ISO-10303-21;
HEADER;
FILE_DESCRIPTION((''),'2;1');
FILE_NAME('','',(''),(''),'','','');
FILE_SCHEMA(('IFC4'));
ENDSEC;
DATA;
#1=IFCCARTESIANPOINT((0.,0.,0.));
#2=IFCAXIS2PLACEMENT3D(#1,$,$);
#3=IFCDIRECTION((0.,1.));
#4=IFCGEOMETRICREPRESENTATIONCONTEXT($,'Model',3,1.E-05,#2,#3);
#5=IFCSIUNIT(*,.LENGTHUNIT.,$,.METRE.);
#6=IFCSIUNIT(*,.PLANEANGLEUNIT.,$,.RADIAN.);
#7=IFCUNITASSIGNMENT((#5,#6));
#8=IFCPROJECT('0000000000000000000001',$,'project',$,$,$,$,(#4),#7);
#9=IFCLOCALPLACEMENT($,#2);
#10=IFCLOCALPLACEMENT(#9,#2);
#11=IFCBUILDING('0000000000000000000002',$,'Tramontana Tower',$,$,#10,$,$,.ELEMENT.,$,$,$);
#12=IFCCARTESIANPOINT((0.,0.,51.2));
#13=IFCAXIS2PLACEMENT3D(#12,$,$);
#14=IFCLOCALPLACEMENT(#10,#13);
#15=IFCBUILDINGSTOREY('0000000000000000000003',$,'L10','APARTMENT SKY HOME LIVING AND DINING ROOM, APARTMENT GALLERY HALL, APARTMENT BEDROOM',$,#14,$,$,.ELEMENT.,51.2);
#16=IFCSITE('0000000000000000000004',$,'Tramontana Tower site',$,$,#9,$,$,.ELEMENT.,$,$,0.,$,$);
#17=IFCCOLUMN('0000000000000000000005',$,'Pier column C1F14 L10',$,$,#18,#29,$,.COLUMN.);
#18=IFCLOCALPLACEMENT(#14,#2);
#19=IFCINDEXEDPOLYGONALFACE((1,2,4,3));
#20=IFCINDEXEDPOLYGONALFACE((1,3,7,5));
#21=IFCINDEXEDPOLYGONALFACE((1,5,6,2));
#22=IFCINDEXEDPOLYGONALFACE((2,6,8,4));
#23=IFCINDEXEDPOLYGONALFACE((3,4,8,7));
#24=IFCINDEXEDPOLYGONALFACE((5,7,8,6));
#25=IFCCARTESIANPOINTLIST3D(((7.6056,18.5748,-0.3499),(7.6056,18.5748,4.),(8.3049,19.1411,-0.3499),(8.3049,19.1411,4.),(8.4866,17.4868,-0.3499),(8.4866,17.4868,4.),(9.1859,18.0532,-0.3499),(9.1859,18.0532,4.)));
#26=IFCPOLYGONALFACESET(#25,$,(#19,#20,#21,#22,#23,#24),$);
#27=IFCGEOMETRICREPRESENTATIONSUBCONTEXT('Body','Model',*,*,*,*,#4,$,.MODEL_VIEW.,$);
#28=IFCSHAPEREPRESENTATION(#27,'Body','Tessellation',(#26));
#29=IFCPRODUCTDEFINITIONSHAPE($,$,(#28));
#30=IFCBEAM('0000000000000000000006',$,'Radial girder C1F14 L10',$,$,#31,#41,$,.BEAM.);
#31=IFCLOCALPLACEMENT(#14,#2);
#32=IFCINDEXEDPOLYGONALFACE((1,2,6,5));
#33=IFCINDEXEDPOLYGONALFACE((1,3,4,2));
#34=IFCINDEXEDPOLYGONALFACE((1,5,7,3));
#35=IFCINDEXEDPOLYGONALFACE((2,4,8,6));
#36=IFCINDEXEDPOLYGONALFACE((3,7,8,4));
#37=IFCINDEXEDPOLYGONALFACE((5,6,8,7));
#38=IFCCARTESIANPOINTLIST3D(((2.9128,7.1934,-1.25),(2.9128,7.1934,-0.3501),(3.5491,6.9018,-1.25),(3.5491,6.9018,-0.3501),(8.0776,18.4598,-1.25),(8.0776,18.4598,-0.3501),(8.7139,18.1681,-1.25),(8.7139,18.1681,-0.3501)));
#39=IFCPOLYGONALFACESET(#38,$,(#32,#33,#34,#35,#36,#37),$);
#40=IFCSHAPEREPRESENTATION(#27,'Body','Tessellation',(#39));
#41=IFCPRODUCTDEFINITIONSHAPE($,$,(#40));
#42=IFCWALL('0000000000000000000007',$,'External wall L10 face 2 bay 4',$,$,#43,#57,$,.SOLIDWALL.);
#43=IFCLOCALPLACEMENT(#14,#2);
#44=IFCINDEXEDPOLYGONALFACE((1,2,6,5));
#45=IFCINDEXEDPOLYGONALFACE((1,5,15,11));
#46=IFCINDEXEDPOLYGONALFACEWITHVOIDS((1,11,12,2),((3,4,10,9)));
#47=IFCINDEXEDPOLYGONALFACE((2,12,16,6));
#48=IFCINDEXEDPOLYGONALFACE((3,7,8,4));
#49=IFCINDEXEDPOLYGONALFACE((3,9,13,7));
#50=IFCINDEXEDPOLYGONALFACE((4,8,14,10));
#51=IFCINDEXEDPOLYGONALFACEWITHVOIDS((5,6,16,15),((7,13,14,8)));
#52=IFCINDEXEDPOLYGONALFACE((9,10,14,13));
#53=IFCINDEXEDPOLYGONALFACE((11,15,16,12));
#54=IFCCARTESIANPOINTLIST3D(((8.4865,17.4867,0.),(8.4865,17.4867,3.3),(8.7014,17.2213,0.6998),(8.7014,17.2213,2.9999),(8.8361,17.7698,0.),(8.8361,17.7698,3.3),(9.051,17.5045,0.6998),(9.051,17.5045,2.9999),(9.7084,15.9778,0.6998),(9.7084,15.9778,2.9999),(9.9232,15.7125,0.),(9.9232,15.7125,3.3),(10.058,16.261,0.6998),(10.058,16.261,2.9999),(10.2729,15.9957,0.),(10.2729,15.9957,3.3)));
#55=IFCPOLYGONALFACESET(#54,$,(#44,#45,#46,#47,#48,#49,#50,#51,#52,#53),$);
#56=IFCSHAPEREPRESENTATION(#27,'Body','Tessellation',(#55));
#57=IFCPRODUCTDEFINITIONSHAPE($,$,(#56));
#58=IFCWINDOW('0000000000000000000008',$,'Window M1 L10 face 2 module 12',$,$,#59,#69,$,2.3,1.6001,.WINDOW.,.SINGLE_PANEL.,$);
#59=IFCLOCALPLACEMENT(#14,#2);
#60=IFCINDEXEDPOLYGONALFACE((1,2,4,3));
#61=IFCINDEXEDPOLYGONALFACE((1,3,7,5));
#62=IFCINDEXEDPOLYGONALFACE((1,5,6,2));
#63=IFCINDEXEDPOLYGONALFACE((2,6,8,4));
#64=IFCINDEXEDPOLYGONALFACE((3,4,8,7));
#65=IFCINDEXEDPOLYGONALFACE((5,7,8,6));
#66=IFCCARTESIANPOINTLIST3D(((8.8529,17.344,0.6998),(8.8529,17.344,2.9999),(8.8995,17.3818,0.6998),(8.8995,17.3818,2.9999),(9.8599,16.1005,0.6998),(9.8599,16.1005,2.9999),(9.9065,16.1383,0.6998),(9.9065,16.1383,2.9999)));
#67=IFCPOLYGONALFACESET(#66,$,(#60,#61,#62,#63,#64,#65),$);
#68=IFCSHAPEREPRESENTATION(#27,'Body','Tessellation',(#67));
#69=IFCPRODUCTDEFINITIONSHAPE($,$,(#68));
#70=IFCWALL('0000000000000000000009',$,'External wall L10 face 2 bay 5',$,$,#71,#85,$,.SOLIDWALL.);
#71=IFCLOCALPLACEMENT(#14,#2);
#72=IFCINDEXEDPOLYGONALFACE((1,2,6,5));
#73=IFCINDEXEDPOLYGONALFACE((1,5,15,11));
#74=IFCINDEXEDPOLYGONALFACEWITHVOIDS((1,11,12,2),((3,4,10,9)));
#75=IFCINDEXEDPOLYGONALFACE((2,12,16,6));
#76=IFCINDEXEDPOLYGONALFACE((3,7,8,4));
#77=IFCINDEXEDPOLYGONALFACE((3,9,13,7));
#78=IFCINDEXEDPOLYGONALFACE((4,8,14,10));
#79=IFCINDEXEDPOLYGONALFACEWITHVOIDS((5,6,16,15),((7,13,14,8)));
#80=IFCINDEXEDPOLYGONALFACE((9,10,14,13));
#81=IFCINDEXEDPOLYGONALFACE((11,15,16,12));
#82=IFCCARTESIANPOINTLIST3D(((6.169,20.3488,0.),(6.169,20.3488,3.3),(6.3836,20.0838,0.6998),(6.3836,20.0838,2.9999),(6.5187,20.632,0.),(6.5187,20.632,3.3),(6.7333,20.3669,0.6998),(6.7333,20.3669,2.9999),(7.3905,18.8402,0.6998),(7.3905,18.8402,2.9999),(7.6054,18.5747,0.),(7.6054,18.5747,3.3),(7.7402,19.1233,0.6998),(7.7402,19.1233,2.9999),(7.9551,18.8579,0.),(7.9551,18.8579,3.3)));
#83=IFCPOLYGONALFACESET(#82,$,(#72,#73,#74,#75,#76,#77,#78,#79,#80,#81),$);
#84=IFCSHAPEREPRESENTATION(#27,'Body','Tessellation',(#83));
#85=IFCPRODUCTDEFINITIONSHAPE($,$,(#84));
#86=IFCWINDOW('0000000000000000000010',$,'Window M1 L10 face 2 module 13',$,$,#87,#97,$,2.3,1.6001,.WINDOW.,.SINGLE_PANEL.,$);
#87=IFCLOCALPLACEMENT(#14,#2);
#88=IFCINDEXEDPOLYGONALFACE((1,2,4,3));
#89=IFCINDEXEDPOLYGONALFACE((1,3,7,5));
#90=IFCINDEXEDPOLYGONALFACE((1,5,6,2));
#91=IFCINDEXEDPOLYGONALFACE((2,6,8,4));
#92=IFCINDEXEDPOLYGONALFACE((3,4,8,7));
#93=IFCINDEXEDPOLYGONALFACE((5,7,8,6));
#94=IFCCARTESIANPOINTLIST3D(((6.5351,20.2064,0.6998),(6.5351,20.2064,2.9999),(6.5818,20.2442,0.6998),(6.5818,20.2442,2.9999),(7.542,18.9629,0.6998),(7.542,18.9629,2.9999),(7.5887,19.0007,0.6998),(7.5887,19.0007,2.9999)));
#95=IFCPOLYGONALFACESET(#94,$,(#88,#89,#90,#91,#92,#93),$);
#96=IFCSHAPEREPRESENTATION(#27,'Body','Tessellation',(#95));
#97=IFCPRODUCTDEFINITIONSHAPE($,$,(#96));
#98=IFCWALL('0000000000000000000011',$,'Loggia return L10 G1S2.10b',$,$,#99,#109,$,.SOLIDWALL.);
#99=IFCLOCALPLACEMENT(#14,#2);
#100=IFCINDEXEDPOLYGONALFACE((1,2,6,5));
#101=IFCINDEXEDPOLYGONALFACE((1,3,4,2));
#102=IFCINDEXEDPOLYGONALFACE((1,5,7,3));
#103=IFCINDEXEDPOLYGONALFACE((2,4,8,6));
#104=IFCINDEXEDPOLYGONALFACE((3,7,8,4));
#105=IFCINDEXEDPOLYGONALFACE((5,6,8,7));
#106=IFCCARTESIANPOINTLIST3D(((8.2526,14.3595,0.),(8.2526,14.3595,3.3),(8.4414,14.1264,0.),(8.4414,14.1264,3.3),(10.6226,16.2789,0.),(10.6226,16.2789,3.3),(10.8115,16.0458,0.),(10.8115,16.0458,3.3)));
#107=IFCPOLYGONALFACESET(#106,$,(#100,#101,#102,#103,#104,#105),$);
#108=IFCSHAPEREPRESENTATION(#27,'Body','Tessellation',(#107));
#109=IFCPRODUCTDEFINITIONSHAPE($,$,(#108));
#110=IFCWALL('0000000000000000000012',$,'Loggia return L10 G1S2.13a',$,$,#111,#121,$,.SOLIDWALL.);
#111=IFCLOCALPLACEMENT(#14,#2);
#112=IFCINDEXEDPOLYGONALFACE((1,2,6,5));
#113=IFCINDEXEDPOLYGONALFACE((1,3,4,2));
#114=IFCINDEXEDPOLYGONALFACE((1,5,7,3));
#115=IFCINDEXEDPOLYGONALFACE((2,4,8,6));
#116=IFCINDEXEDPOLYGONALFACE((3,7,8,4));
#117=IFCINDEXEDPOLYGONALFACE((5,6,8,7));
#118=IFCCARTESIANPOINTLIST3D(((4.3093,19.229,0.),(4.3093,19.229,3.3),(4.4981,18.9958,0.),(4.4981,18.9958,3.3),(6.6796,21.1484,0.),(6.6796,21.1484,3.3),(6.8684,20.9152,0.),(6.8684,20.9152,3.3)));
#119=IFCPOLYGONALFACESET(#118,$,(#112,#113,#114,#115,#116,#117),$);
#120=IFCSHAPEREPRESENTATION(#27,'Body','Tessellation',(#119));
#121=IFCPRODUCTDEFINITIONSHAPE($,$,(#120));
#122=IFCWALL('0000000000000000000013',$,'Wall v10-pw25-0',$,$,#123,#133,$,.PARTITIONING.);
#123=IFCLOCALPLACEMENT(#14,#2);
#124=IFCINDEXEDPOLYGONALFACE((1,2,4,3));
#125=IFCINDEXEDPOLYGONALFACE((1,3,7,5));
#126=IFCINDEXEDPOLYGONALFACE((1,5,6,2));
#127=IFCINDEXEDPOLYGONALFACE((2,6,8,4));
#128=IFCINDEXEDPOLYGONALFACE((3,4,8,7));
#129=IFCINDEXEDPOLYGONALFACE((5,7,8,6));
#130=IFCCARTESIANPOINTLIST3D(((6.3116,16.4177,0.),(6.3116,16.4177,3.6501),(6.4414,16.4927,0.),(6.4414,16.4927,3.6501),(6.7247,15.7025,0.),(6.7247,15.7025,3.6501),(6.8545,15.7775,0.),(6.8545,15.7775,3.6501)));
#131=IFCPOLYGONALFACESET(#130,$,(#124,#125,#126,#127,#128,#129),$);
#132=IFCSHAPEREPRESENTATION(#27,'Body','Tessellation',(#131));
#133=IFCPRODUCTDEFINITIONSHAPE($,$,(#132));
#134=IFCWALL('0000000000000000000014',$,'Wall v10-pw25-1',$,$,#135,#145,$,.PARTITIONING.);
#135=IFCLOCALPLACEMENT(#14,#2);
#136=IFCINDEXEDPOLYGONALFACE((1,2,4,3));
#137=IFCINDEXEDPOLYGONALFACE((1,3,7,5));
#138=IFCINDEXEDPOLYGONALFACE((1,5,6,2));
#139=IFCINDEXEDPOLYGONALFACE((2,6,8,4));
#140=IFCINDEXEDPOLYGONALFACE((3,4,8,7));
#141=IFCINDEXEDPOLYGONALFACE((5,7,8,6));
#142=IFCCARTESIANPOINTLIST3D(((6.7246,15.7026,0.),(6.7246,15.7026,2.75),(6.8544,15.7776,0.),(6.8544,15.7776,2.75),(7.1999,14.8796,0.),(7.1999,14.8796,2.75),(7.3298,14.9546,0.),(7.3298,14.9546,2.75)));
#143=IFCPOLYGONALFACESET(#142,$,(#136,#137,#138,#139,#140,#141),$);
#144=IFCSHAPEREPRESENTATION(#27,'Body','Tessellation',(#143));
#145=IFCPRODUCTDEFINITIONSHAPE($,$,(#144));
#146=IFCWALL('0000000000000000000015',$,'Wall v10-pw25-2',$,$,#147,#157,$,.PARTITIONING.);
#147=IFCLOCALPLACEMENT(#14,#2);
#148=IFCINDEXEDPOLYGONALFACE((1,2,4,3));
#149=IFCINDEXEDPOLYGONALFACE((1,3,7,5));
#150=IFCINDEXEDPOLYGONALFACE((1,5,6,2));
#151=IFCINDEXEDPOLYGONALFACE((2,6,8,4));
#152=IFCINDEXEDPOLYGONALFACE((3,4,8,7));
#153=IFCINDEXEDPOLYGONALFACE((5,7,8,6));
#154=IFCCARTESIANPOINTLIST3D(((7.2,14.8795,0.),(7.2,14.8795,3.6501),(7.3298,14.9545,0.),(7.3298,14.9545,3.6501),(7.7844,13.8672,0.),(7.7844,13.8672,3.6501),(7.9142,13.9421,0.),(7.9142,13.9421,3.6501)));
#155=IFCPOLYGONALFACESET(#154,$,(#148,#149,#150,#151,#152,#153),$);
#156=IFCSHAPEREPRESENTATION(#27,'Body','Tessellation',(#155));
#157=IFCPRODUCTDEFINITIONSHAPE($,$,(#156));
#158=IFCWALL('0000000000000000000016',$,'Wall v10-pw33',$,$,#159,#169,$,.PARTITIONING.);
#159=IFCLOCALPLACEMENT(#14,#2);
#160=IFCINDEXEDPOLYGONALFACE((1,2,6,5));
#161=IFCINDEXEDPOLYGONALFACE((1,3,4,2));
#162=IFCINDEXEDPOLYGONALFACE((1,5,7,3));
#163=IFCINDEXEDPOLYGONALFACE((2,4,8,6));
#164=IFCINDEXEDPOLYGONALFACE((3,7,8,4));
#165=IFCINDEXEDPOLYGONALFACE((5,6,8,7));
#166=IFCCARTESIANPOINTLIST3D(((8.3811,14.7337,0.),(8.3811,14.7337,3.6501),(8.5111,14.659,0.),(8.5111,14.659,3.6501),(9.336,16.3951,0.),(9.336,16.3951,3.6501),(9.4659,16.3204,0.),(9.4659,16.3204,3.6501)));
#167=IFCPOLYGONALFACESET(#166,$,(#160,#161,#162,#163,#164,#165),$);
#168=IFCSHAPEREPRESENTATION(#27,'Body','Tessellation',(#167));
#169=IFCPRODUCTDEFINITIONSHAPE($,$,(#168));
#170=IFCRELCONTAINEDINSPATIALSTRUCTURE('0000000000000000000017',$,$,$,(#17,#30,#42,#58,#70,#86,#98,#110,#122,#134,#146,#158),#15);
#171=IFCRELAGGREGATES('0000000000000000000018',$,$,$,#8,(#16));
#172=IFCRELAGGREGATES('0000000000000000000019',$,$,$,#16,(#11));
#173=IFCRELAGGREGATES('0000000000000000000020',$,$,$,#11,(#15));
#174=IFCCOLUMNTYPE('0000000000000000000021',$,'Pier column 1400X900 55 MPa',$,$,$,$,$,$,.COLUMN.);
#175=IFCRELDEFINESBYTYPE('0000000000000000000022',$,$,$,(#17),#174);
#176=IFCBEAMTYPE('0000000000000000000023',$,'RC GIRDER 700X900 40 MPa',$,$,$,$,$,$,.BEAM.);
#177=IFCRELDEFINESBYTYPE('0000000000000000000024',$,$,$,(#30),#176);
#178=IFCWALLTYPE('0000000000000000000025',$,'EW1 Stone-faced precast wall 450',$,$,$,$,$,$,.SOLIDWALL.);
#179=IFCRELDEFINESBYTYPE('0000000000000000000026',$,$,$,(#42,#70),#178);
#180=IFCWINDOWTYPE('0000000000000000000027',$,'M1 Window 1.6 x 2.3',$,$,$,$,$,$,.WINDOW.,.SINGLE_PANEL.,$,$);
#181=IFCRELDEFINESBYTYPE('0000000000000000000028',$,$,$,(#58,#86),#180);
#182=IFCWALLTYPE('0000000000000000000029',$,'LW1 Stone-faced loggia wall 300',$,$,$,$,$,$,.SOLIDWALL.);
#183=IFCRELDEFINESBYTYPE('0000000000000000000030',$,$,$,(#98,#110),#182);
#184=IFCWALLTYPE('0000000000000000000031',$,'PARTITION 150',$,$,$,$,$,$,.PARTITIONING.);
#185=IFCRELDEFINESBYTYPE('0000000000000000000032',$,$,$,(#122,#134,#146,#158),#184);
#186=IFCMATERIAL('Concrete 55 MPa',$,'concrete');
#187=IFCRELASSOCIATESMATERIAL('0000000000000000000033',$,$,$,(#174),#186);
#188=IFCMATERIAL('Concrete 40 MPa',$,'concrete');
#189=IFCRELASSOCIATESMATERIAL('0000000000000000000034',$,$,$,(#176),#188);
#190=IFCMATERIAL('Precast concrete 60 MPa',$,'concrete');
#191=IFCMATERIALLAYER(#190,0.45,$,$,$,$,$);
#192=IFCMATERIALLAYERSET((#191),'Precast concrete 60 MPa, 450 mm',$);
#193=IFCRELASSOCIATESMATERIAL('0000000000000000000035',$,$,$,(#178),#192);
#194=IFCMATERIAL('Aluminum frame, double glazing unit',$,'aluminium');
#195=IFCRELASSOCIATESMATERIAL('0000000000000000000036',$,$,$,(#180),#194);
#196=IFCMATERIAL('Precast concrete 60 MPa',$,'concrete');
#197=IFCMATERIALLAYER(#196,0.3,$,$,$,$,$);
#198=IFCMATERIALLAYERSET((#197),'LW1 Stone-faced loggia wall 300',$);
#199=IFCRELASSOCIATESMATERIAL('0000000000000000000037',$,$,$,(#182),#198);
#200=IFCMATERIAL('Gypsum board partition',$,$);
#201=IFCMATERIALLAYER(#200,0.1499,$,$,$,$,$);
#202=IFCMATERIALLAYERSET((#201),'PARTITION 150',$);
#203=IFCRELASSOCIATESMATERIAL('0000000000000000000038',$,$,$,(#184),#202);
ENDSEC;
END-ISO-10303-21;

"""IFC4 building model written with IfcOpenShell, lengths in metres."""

from ifc_helpers import new_model, si_unit, direction, frame, frame_2d, origin, origin_2d, place, context, subcontext, project, spatial, rectangle, extrude, material, layer, layer_set, material_profile, profile_set, type_object, element, fill, save


model = new_model("IFC4")

# Units and contexts
model_context = context("Model", 3, precision=1e-05, world=origin(), true_north=direction((0.0, 1.0)))
body_context = subcontext(model_context, "Body", "Model", "MODEL_VIEW")
ifc_project = project(units=[si_unit("LENGTHUNIT", "METRE"), si_unit("PLANEANGLEUNIT", "RADIAN")], contexts=[model_context])

# Site, building, storey
site_placement = place(None, origin())
site = spatial("IfcSite", under=ifc_project, at=site_placement, Name="Tramontana Tower site", CompositionType="ELEMENT", RefElevation=0.0)
building_placement = place(site_placement, origin())
building = spatial("IfcBuilding", under=site, at=building_placement, Name="Tramontana Tower", CompositionType="ELEMENT")
storey_placement = place(building_placement, frame((0.0, 0.0, 51.2)))
storey = spatial("IfcBuildingStorey", under=building, at=storey_placement, Name="L10", Description="APARTMENT SKY HOME LIVING AND DINING ROOM, APARTMENT GALLERY HALL, APARTMENT BEDROOM", CompositionType="ELEMENT", Elevation=51.2)

# Column
ifc_material_1 = material(Name="Concrete 55 MPa", Category="concrete")
ifc_material_profile_1 = material_profile(ifc_material_1, rectangle(XDim=1.3999, YDim=0.8999, at=origin_2d()), Name="Pier column 1400X900 55 MPa")
ifc_profile_set_1 = profile_set([ifc_material_profile_1], Name="Concrete 55 MPa")
column_type = type_object("IfcColumnType", Name="Pier column 1400X900 55 MPa", PredefinedType="COLUMN", material=ifc_profile_set_1)
column_placement = place(storey_placement, frame((8.3958, 18.314, -0.3499), z_axis=(0.0, 0.0, 1.0), x_axis=(-0.62932, 0.777146, 0.0)))
element("IfcColumn", 1, at=column_placement, inside=storey, type_object=column_type, Name="Pier column C1F14 L10", PredefinedType="COLUMN", context=body_context, shape_type="SweptSolid", body=[
    extrude(rectangle(XDim=1.3999, YDim=0.8999, at=origin_2d()), origin(), (0.0, 0.0, 1.0), 4.3499),
])

# Beam
ifc_material_2 = material(Name="Concrete 40 MPa", Category="concrete")
ifc_material_profile_2 = material_profile(ifc_material_2, rectangle(XDim=0.7, YDim=0.8999, at=origin_2d()), Name="RC GIRDER 700X900 40 MPa")
ifc_profile_set_2 = profile_set([ifc_material_profile_2], Name="Concrete 40 MPa")
beam_type = type_object("IfcBeamType", Name="RC GIRDER 700X900 40 MPa", PredefinedType="BEAM", material=ifc_profile_set_2)
beam_placement = place(storey_placement, frame((8.3958, 18.314, -0.8), z_axis=(-0.416725, -0.909033, 0.0), x_axis=(0.909033, -0.416725, 0.0)))
element("IfcBeam", 2, at=beam_placement, inside=storey, type_object=beam_type, Name="Radial girder C1F14 L10", PredefinedType="BEAM", context=body_context, shape_type="SweptSolid", body=[
    extrude(rectangle(XDim=0.7, YDim=0.8999, at=origin_2d()), origin(), (0.0, 0.0, 1.0), 12.3938),
])

# Walls, openings, windows
ifc_material_3 = material(Name="Precast concrete 60 MPa", Category="concrete")
ifc_layer_1 = layer(ifc_material_3, 0.45)
ifc_layer_set_1 = layer_set([ifc_layer_1], Name="Precast concrete 60 MPa, 450 mm")
wall_type_1 = type_object("IfcWallType", Name="EW1 Stone-faced precast wall 450", PredefinedType="SOLIDWALL", material=ifc_layer_set_1)
wall_1_placement = place(storey_placement, frame((10.0981, 15.854, 0.0), z_axis=(0.0, 0.0, 1.0), x_axis=(-0.62934, 0.77713, 0.0)))
wall_1 = element("IfcWall", 3, at=wall_1_placement, inside=storey, type_object=wall_type_1, Name="External wall L10 face 2 bay 4", PredefinedType="SOLIDWALL", context=body_context, shape_type="SweptSolid", body=[
    extrude(rectangle(XDim=2.283, YDim=0.45, at=frame_2d((1.1416, 0.0))), origin(), (0.0, 0.0, 1.0), 3.3),
])
opening_1_placement = place(wall_1_placement, frame((0.3416, 0.0, 0.7)))
opening_1 = element("IfcOpeningElement", 4, at=opening_1_placement, cuts=wall_1, PredefinedType="OPENING", context=body_context, shape_type="SweptSolid", body=[
    extrude(rectangle(XDim=1.6001, YDim=2.3, at=frame_2d((0.8, 1.1499))), frame((0.0, 0.2349, 0.0), z_axis=(0.0, -1.0, 0.0), x_axis=(1.0, 0.0, 0.0)), (0.0, 0.0, 1.0), 0.47),
])
ifc_material_4 = material(Name="Aluminum frame, double glazing unit", Category="aluminium")
window_type = type_object("IfcWindowType", Name="M1 Window 1.6 x 2.3", PartitioningType="SINGLE_PANEL", PredefinedType="WINDOW", material=ifc_material_4)
window_1_placement = place(opening_1_placement, origin())
window_1 = element("IfcWindow", 5, at=window_1_placement, inside=storey, type_object=window_type, Name="Window M1 L10 face 2 module 12", OverallHeight=2.3, OverallWidth=1.6001, PartitioningType="SINGLE_PANEL", PredefinedType="WINDOW", context=body_context, shape_type="SweptSolid", body=[
    extrude(rectangle(XDim=1.6001, YDim=2.3, at=frame_2d((0.8, 1.1499))), frame((0.0, 0.03, 0.0), z_axis=(0.0, -1.0, 0.0), x_axis=(1.0, 0.0, 0.0)), (0.0, 0.0, 1.0), 0.0601),
])
fill(opening_1, window_1)
wall_2_placement = place(storey_placement, frame((7.7803, 18.7163, 0.0), z_axis=(0.0, 0.0, 1.0), x_axis=(-0.629275, 0.777183, 0.0)))
wall_2 = element("IfcWall", 6, at=wall_2_placement, inside=storey, type_object=wall_type_1, Name="External wall L10 face 2 bay 5", PredefinedType="SOLIDWALL", context=body_context, shape_type="SweptSolid", body=[
    extrude(rectangle(XDim=2.2827, YDim=0.45, at=frame_2d((1.1414, 0.0))), origin(), (0.0, 0.0, 1.0), 3.3),
])
opening_2_placement = place(wall_2_placement, frame((0.3416, 0.0, 0.7)))
opening_2 = element("IfcOpeningElement", 7, at=opening_2_placement, cuts=wall_2, PredefinedType="OPENING", context=body_context, shape_type="SweptSolid", body=[
    extrude(rectangle(XDim=1.6001, YDim=2.3, at=frame_2d((0.8, 1.1499))), frame((0.0, 0.2349, 0.0), z_axis=(0.0, -1.0, 0.0), x_axis=(1.0, 0.0, 0.0)), (0.0, 0.0, 1.0), 0.47),
])
window_2_placement = place(opening_2_placement, origin())
window_2 = element("IfcWindow", 8, at=window_2_placement, inside=storey, type_object=window_type, Name="Window M1 L10 face 2 module 13", OverallHeight=2.3, OverallWidth=1.6001, PartitioningType="SINGLE_PANEL", PredefinedType="WINDOW", context=body_context, shape_type="SweptSolid", body=[
    extrude(rectangle(XDim=1.6001, YDim=2.3, at=frame_2d((0.8, 1.1499))), frame((0.0, 0.03, 0.0), z_axis=(0.0, -1.0, 0.0), x_axis=(1.0, 0.0, 0.0)), (0.0, 0.0, 1.0), 0.0601),
])
fill(opening_2, window_2)

# Walls
ifc_material_5 = material(Name="Precast concrete 60 MPa", Category="concrete")
ifc_layer_2 = layer(ifc_material_5, 0.3)
ifc_layer_set_2 = layer_set([ifc_layer_2], Name="LW1 Stone-faced loggia wall 300")
wall_type_2 = type_object("IfcWallType", Name="LW1 Stone-faced loggia wall 300", PredefinedType="SOLIDWALL", material=ifc_layer_set_2)
wall_3_placement = place(storey_placement, frame((10.717, 16.1624, 0.0), z_axis=(0.0, 0.0, 1.0), x_axis=(-0.777122, -0.62935, 0.0)))
element("IfcWall", 9, at=wall_3_placement, inside=storey, type_object=wall_type_2, Name="Loggia return L10 G1S2.10b", PredefinedType="SOLIDWALL", context=body_context, shape_type="SweptSolid", body=[
    extrude(rectangle(XDim=3.0498, YDim=0.3, at=frame_2d((1.5249, 0.0))), origin(), (0.0, 0.0, 1.0), 3.3),
])
wall_4_placement = place(storey_placement, frame((6.7739, 21.0317, 0.0), z_axis=(0.0, 0.0, 1.0), x_axis=(-0.777154, -0.629311, 0.0)))
element("IfcWall", 10, at=wall_4_placement, inside=storey, type_object=wall_type_2, Name="Loggia return L10 G1S2.13a", PredefinedType="SOLIDWALL", context=body_context, shape_type="SweptSolid", body=[
    extrude(rectangle(XDim=3.05, YDim=0.3, at=frame_2d((1.5249, 0.0))), origin(), (0.0, 0.0, 1.0), 3.3),
])

# Shared definitions
ifc_material_6 = material(Name="Gypsum board partition")
ifc_layer_3 = layer(ifc_material_6, 0.1499)
ifc_layer_set_3 = layer_set([ifc_layer_3], Name="PARTITION 150")
wall_type_3 = type_object("IfcWallType", Name="PARTITION 150", PredefinedType="PARTITIONING", material=ifc_layer_set_3)

# Walls
wall_5_placement = place(storey_placement, frame((6.3765, 16.4553, 0.0), z_axis=(0.0, 0.0, 1.0), x_axis=(0.500081, -0.865979, 0.0)))
element("IfcWall", 11, at=wall_5_placement, inside=storey, type_object=wall_type_3, Name="Wall v10-pw25-0", PredefinedType="PARTITIONING", context=body_context, shape_type="SweptSolid", body=[
    extrude(rectangle(XDim=0.8259, YDim=0.1499, at=frame_2d((0.4131, 0.0))), origin(), (0.0, 0.0, 1.0), 3.6501),
])
wall_6_placement = place(storey_placement, frame((6.7896, 15.74, 0.0), z_axis=(0.0, 0.0, 1.0), x_axis=(0.500145, -0.865942, 0.0)))
element("IfcWall", 12, at=wall_6_placement, inside=storey, type_object=wall_type_3, Name="Wall v10-pw25-1", PredefinedType="PARTITIONING", context=body_context, shape_type="SweptSolid", body=[
    extrude(rectangle(XDim=0.9504, YDim=0.1499, at=frame_2d((0.4751, 0.0))), origin(), (0.0, 0.0, 1.0), 2.75),
])
wall_7_placement = place(storey_placement, frame((7.2649, 14.917, 0.0), z_axis=(0.0, 0.0, 1.0), x_axis=(0.499957, -0.86605, 0.0)))
element("IfcWall", 13, at=wall_7_placement, inside=storey, type_object=wall_type_3, Name="Wall v10-pw25-2", PredefinedType="PARTITIONING", context=body_context, shape_type="SweptSolid", body=[
    extrude(rectangle(XDim=1.1689, YDim=0.1499, at=frame_2d((0.5845, 0.0))), origin(), (0.0, 0.0, 1.0), 3.6501),
])
wall_8_placement = place(storey_placement, frame((9.4009, 16.3577, 0.0), z_axis=(0.0, 0.0, 1.0), x_axis=(-0.498292, -0.86701, 0.0)))
element("IfcWall", 14, at=wall_8_placement, inside=storey, type_object=wall_type_3, Name="Wall v10-pw33", PredefinedType="PARTITIONING", context=body_context, shape_type="SweptSolid", body=[
    extrude(rectangle(XDim=1.9163, YDim=0.1499, at=frame_2d((0.958, 0.0))), origin(), (0.0, 0.0, 1.0), 3.6501),
])

save(model, "model.ifc")
